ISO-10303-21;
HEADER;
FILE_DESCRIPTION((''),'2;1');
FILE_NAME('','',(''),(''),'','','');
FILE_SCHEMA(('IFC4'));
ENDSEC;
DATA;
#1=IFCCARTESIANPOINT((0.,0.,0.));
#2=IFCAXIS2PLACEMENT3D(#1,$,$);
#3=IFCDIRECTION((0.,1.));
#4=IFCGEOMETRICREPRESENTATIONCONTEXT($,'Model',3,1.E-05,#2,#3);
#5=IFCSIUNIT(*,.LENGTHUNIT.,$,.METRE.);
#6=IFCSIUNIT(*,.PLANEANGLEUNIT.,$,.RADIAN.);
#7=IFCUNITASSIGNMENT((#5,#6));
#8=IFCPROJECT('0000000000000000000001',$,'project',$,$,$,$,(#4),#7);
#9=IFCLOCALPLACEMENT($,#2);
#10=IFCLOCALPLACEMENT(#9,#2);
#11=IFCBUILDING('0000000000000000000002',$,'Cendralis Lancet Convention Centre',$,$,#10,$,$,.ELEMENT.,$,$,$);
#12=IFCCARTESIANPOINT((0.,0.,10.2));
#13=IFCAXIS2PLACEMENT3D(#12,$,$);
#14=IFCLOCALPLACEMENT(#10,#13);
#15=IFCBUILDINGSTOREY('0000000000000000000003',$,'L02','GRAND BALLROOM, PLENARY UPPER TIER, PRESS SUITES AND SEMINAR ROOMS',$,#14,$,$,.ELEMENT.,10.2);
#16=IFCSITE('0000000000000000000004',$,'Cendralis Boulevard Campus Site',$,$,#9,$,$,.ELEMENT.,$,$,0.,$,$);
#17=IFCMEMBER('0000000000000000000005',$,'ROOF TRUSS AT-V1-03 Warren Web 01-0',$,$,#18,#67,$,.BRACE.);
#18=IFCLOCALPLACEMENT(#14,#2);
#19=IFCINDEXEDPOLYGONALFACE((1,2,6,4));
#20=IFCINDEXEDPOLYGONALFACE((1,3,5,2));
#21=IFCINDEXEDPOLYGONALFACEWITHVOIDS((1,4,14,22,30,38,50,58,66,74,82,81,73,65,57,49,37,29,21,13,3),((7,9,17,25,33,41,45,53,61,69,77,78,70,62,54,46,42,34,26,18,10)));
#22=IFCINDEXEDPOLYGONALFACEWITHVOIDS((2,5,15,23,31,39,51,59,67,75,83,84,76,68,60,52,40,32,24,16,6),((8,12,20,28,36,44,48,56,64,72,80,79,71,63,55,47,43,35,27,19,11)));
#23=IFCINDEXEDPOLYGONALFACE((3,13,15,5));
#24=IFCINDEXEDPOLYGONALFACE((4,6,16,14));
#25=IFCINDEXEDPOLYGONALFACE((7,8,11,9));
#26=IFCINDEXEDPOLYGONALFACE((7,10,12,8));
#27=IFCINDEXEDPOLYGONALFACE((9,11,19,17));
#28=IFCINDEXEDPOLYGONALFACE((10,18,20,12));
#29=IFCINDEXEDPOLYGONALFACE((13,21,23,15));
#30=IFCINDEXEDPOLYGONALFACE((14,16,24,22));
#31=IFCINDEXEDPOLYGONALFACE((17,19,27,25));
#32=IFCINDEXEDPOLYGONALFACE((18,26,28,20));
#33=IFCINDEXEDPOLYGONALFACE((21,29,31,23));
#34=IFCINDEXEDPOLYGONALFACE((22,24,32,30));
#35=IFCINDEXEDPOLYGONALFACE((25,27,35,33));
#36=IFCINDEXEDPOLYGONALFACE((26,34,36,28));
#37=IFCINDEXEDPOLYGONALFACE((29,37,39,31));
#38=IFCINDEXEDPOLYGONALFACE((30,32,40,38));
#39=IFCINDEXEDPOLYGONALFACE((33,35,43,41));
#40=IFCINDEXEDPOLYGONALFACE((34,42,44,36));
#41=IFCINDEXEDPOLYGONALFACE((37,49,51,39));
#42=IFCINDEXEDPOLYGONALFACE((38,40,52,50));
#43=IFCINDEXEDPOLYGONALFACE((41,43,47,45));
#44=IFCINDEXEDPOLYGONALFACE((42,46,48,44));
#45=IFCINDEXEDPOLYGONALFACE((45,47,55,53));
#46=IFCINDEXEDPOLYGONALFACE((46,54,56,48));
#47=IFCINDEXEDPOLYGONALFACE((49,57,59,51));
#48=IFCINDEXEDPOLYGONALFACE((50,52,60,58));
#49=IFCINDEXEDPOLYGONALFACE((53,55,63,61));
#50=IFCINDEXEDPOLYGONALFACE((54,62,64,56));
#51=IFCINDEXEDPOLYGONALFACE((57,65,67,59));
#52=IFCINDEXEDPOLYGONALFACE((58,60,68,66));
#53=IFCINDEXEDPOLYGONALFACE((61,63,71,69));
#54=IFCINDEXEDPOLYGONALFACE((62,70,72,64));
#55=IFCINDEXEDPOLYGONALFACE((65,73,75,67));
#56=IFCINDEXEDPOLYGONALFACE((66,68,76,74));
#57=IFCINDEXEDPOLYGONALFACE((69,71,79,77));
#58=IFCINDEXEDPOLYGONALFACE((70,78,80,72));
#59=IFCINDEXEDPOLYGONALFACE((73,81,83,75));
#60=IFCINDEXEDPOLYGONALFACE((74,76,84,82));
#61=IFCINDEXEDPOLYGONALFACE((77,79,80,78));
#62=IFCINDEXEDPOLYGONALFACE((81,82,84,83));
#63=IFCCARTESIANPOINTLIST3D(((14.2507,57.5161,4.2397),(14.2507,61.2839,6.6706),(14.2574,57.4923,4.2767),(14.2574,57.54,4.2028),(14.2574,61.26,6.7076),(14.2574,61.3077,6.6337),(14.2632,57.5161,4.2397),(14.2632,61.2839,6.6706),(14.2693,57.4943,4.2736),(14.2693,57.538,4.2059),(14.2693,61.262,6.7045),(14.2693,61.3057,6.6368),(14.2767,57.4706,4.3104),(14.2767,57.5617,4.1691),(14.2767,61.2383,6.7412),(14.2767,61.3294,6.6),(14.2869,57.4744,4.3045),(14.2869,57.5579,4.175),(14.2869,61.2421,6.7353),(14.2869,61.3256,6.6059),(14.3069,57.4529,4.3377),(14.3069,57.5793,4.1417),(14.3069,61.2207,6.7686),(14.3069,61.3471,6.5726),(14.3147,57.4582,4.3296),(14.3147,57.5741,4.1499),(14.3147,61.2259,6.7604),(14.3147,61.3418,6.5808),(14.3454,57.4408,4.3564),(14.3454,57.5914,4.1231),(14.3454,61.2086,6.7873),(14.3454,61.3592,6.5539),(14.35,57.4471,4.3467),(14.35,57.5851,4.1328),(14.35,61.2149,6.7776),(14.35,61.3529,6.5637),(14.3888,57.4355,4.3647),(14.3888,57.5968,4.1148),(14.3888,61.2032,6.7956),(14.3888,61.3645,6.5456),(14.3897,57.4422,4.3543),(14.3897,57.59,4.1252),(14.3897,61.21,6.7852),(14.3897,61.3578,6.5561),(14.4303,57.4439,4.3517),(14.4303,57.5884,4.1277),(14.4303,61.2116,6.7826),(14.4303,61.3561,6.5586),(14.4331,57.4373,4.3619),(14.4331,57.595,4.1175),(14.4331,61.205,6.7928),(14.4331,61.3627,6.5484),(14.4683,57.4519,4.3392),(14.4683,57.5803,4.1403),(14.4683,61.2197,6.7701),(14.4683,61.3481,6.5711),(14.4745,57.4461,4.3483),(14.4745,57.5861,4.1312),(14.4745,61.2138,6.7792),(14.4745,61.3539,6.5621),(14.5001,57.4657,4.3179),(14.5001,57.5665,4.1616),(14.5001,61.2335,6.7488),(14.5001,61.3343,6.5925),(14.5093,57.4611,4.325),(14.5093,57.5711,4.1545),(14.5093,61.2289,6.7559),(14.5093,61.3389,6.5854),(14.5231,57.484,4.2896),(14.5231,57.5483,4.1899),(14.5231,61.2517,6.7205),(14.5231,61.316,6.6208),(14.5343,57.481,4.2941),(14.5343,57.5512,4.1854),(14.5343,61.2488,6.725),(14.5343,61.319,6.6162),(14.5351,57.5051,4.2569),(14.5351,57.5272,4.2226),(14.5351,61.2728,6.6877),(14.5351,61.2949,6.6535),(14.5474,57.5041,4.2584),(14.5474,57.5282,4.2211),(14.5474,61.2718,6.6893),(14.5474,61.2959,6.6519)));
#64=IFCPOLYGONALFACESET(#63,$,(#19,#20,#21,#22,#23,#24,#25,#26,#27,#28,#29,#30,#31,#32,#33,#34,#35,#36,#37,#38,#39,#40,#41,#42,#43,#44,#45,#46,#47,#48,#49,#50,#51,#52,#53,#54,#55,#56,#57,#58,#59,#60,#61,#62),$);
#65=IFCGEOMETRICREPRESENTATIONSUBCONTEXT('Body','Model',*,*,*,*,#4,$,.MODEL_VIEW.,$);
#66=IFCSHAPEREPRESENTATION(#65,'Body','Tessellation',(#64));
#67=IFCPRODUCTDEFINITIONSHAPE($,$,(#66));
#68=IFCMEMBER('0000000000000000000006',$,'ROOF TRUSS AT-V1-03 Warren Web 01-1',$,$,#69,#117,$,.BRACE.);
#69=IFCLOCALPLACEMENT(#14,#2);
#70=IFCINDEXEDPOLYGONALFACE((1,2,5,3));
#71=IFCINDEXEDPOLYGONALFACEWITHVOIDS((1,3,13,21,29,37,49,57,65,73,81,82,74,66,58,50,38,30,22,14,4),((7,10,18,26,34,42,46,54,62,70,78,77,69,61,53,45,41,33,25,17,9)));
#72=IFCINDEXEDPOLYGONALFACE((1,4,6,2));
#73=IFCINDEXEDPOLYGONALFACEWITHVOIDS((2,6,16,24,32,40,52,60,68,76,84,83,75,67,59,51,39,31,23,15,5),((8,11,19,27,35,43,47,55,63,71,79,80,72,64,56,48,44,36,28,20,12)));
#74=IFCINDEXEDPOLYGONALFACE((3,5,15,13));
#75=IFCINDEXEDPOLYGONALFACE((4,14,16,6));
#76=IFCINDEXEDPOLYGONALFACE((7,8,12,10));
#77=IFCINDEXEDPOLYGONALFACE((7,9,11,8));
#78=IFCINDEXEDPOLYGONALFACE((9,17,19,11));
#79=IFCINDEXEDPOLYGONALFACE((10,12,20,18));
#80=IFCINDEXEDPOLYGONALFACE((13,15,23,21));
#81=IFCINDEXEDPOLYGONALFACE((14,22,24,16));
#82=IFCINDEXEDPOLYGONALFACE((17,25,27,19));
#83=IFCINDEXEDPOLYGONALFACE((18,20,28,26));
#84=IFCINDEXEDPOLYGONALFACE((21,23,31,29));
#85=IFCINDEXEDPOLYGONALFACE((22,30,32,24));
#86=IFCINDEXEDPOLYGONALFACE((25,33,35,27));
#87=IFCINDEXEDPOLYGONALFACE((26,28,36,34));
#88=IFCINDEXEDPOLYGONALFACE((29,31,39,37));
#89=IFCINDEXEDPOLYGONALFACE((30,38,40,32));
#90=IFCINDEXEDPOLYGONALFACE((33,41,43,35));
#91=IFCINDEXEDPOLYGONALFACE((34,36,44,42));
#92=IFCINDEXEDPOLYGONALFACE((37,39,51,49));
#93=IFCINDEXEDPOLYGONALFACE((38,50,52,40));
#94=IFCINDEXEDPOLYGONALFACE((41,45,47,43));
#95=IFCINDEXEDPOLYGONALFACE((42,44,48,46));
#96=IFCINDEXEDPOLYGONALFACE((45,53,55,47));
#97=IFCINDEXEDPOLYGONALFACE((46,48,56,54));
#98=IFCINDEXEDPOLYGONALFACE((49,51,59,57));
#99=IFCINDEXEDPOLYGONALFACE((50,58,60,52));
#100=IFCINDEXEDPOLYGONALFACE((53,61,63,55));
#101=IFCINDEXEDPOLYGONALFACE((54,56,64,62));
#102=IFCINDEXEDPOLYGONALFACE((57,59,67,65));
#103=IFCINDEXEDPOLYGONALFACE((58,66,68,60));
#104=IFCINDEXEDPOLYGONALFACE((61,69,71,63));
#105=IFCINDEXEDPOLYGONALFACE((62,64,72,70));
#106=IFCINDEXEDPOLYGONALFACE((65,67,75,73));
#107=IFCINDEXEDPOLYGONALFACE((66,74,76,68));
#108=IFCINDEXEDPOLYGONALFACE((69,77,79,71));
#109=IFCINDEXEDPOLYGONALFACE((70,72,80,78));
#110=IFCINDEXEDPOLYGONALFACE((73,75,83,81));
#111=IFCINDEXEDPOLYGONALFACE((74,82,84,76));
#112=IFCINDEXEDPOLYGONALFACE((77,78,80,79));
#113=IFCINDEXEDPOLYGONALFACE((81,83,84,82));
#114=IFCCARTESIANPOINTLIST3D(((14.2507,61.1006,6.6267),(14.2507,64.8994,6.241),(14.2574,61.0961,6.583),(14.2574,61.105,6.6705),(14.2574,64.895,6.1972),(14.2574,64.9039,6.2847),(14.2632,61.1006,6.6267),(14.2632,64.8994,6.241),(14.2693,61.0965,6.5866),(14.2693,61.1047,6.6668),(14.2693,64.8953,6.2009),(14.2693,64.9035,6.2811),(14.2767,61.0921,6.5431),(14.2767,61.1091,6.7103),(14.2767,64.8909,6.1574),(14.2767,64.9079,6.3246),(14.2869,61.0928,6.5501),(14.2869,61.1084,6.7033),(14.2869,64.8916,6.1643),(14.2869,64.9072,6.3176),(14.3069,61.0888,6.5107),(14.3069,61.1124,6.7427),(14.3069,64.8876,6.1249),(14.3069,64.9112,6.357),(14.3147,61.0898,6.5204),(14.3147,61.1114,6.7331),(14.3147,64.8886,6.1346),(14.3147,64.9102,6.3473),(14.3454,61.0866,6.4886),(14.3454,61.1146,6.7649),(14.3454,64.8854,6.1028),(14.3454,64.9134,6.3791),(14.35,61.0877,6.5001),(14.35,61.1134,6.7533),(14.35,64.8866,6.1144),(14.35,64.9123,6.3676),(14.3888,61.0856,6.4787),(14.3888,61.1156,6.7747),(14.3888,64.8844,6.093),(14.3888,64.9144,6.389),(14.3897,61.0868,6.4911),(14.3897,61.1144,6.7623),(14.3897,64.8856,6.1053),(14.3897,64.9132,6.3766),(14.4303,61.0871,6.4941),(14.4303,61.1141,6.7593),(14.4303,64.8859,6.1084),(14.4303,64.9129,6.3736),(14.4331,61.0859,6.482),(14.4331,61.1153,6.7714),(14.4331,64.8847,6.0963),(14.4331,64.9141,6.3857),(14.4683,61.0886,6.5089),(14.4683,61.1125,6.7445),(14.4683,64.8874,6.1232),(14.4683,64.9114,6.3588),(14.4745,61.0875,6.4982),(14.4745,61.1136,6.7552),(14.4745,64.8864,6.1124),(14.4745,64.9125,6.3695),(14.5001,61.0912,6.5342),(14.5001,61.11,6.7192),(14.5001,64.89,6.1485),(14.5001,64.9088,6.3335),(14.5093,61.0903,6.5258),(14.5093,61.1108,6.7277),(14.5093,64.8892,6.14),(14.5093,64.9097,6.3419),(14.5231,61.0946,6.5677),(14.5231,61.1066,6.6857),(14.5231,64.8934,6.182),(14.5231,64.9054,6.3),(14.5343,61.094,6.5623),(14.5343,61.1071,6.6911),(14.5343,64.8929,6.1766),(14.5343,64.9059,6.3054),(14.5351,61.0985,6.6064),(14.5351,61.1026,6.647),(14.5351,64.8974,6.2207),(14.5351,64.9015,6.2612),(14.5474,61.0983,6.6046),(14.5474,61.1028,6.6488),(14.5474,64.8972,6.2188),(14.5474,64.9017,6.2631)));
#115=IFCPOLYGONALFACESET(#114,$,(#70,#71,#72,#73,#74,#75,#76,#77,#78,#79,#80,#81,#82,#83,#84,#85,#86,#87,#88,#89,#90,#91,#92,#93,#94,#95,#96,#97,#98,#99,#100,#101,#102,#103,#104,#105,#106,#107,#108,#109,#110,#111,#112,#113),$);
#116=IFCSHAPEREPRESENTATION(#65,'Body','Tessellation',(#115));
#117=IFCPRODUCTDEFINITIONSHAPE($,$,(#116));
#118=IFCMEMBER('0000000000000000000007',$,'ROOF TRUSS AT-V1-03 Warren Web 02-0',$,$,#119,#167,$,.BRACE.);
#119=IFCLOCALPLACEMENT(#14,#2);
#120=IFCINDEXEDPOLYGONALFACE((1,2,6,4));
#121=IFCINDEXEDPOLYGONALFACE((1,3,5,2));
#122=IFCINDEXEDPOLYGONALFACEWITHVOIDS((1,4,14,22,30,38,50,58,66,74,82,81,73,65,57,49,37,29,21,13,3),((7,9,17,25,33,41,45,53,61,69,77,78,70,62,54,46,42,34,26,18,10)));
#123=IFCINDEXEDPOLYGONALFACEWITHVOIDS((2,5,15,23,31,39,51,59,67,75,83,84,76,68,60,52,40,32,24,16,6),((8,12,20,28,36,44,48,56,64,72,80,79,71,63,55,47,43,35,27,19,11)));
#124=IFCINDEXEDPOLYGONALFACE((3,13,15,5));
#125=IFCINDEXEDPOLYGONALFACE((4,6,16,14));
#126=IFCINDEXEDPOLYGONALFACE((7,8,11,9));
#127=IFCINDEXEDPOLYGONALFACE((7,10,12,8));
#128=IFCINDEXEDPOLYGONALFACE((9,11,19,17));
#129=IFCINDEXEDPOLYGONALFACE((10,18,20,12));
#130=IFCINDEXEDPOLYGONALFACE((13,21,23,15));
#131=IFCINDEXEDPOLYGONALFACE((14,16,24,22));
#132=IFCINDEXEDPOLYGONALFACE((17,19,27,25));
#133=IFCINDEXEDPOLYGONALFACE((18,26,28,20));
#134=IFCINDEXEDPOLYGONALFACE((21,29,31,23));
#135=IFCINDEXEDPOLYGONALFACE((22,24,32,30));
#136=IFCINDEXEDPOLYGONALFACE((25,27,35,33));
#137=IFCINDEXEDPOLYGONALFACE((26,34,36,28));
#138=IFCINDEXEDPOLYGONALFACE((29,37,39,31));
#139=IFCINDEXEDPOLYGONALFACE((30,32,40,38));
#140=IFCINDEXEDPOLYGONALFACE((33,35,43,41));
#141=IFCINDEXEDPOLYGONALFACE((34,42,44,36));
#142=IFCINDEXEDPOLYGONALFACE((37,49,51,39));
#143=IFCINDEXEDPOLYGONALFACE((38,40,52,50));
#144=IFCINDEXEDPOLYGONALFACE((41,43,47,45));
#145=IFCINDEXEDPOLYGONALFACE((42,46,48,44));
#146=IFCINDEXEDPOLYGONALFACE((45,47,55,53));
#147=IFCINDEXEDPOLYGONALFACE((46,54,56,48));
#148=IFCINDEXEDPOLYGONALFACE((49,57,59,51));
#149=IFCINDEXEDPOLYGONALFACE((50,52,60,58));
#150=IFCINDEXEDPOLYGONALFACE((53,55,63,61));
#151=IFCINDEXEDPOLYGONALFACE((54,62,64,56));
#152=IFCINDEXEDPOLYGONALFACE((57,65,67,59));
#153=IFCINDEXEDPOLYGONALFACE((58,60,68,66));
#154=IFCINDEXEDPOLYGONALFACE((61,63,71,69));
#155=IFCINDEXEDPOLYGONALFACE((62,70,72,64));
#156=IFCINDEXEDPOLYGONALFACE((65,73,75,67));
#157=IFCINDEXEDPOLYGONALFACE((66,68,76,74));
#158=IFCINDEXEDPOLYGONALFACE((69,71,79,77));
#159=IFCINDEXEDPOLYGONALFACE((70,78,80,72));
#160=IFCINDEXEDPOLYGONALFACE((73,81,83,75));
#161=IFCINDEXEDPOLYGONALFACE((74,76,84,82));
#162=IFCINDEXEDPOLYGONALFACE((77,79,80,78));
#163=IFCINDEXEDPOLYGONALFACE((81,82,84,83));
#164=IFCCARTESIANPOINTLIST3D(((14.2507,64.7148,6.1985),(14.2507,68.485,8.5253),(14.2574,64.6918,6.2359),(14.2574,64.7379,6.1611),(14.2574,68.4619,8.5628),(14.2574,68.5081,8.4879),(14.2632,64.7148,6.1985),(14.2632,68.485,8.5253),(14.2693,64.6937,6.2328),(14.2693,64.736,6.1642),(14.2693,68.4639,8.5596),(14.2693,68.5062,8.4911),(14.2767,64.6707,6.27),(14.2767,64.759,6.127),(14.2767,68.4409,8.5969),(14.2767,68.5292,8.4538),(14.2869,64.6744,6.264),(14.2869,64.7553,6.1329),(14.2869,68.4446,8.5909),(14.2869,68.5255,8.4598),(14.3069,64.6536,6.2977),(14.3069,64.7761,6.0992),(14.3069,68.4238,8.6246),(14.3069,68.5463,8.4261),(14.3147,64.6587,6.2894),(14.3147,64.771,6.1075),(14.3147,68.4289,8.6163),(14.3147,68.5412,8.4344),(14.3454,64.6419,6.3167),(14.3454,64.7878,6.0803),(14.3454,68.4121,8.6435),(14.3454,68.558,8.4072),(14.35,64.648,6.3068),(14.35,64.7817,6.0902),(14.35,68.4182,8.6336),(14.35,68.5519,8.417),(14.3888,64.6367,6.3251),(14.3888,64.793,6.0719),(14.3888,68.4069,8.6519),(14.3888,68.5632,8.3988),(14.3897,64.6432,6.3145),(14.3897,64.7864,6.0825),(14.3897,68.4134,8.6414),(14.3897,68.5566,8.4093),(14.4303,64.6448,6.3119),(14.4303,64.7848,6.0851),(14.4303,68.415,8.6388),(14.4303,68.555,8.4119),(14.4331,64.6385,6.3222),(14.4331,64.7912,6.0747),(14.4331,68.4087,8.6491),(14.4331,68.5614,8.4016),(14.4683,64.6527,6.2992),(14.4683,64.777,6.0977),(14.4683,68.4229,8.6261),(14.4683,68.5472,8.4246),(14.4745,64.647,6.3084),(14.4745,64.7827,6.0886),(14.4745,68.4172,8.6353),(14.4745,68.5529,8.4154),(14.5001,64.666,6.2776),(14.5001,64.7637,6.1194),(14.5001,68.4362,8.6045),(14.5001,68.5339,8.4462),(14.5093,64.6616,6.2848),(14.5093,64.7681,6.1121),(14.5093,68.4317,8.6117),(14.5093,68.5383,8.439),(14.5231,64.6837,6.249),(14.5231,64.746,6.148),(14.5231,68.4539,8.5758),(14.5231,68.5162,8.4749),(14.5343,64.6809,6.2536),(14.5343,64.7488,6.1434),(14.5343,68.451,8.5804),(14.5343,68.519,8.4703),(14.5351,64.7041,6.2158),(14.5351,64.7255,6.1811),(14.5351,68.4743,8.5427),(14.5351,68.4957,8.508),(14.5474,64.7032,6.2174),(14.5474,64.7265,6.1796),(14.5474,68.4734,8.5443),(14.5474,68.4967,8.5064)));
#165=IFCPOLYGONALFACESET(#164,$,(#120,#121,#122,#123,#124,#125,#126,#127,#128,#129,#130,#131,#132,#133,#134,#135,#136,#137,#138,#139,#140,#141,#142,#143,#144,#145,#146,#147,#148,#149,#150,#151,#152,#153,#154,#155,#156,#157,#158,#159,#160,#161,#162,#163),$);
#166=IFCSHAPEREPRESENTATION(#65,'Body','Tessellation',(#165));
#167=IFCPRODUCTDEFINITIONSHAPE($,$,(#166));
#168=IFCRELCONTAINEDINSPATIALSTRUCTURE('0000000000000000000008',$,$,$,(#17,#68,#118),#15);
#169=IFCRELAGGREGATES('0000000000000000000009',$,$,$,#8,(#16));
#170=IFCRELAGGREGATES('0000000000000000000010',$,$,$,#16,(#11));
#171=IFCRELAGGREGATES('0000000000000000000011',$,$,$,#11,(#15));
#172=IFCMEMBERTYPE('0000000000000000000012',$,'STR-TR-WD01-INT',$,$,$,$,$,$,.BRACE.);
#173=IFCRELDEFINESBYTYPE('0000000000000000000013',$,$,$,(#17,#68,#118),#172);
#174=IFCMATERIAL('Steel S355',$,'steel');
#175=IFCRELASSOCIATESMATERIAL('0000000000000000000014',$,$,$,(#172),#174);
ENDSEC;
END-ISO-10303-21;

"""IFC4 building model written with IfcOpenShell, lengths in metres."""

from ifc_helpers import new_model, si_unit, direction, frame, origin, origin_2d, place, context, subcontext, project, spatial, hollow_circle, extrude, material, material_profile, profile_set, type_object, element, save


model = new_model("IFC4")

# Units and contexts
model_context = context("Model", 3, precision=1e-05, world=origin(), true_north=direction((0.0, 1.0)))
body_context = subcontext(model_context, "Body", "Model", "MODEL_VIEW")
ifc_project = project(units=[si_unit("LENGTHUNIT", "METRE"), si_unit("PLANEANGLEUNIT", "RADIAN")], contexts=[model_context])

# Site, building, storey
site_placement = place(None, origin())
site = spatial("IfcSite", under=ifc_project, at=site_placement, Name="Cendralis Boulevard Campus Site", CompositionType="ELEMENT", RefElevation=0.0)
building_placement = place(site_placement, origin())
building = spatial("IfcBuilding", under=site, at=building_placement, Name="Cendralis Lancet Convention Centre", CompositionType="ELEMENT")
storey_placement = place(building_placement, frame((0.0, 0.0, 10.2)))
storey = spatial("IfcBuildingStorey", under=building, at=storey_placement, Name="L02", Description="GRAND BALLROOM, PLENARY UPPER TIER, PRESS SUITES AND SEMINAR ROOMS", CompositionType="ELEMENT", Elevation=10.2)

# Members
ifc_material = material(Name="Steel S355", Category="steel")
ifc_material_profile_1 = material_profile(ifc_material, hollow_circle(Radius=0.1492, WallThickness=0.0125, at=origin_2d()), Name="CHS 298.5x12.5")
ifc_profile_set_1 = profile_set([ifc_material_profile_1], Name="Steel S355")
member_type_1 = type_object("IfcMemberType", Name="STR-TR-WD01-INT", PredefinedType="BRACE", material=ifc_profile_set_1)
member_1_placement = place(storey_placement, frame((14.3999, 57.5161, 4.2397), z_axis=(0.0, 0.840291, 0.542136), x_axis=(-1.0, 0.0, 0.0)))
element("IfcMember", 1, at=member_1_placement, inside=storey, type_object=member_type_1, Name="ROOF TRUSS AT-V1-03 Warren Web 01-0", PredefinedType="BRACE", context=body_context, shape_type="SweptSolid", body=[
    extrude(hollow_circle(Radius=0.1492, WallThickness=0.0125, at=origin_2d()), origin(), (0.0, 0.0, 1.0), 4.4839),
])
member_2_placement = place(storey_placement, frame((14.3999, 61.1006, 6.6267), z_axis=(0.0, 0.994884, -0.101023), x_axis=(-1.0, 0.0, 0.0)))
element("IfcMember", 2, at=member_2_placement, inside=storey, type_object=member_type_1, Name="ROOF TRUSS AT-V1-03 Warren Web 01-1", PredefinedType="BRACE", context=body_context, shape_type="SweptSolid", body=[
    extrude(hollow_circle(Radius=0.1492, WallThickness=0.0125, at=origin_2d()), origin(), (0.0, 0.0, 1.0), 3.8184),
])
member_3_placement = place(storey_placement, frame((14.3999, 64.7148, 6.1985), z_axis=(0.0, 0.850978, 0.525201), x_axis=(-1.0, 0.0, 0.0)))
element("IfcMember", 3, at=member_3_placement, inside=storey, type_object=member_type_1, Name="ROOF TRUSS AT-V1-03 Warren Web 02-0", PredefinedType="BRACE", context=body_context, shape_type="SweptSolid", body=[
    extrude(hollow_circle(Radius=0.1492, WallThickness=0.0125, at=origin_2d()), origin(), (0.0, 0.0, 1.0), 4.4304),
])

save(model, "model.ifc")
